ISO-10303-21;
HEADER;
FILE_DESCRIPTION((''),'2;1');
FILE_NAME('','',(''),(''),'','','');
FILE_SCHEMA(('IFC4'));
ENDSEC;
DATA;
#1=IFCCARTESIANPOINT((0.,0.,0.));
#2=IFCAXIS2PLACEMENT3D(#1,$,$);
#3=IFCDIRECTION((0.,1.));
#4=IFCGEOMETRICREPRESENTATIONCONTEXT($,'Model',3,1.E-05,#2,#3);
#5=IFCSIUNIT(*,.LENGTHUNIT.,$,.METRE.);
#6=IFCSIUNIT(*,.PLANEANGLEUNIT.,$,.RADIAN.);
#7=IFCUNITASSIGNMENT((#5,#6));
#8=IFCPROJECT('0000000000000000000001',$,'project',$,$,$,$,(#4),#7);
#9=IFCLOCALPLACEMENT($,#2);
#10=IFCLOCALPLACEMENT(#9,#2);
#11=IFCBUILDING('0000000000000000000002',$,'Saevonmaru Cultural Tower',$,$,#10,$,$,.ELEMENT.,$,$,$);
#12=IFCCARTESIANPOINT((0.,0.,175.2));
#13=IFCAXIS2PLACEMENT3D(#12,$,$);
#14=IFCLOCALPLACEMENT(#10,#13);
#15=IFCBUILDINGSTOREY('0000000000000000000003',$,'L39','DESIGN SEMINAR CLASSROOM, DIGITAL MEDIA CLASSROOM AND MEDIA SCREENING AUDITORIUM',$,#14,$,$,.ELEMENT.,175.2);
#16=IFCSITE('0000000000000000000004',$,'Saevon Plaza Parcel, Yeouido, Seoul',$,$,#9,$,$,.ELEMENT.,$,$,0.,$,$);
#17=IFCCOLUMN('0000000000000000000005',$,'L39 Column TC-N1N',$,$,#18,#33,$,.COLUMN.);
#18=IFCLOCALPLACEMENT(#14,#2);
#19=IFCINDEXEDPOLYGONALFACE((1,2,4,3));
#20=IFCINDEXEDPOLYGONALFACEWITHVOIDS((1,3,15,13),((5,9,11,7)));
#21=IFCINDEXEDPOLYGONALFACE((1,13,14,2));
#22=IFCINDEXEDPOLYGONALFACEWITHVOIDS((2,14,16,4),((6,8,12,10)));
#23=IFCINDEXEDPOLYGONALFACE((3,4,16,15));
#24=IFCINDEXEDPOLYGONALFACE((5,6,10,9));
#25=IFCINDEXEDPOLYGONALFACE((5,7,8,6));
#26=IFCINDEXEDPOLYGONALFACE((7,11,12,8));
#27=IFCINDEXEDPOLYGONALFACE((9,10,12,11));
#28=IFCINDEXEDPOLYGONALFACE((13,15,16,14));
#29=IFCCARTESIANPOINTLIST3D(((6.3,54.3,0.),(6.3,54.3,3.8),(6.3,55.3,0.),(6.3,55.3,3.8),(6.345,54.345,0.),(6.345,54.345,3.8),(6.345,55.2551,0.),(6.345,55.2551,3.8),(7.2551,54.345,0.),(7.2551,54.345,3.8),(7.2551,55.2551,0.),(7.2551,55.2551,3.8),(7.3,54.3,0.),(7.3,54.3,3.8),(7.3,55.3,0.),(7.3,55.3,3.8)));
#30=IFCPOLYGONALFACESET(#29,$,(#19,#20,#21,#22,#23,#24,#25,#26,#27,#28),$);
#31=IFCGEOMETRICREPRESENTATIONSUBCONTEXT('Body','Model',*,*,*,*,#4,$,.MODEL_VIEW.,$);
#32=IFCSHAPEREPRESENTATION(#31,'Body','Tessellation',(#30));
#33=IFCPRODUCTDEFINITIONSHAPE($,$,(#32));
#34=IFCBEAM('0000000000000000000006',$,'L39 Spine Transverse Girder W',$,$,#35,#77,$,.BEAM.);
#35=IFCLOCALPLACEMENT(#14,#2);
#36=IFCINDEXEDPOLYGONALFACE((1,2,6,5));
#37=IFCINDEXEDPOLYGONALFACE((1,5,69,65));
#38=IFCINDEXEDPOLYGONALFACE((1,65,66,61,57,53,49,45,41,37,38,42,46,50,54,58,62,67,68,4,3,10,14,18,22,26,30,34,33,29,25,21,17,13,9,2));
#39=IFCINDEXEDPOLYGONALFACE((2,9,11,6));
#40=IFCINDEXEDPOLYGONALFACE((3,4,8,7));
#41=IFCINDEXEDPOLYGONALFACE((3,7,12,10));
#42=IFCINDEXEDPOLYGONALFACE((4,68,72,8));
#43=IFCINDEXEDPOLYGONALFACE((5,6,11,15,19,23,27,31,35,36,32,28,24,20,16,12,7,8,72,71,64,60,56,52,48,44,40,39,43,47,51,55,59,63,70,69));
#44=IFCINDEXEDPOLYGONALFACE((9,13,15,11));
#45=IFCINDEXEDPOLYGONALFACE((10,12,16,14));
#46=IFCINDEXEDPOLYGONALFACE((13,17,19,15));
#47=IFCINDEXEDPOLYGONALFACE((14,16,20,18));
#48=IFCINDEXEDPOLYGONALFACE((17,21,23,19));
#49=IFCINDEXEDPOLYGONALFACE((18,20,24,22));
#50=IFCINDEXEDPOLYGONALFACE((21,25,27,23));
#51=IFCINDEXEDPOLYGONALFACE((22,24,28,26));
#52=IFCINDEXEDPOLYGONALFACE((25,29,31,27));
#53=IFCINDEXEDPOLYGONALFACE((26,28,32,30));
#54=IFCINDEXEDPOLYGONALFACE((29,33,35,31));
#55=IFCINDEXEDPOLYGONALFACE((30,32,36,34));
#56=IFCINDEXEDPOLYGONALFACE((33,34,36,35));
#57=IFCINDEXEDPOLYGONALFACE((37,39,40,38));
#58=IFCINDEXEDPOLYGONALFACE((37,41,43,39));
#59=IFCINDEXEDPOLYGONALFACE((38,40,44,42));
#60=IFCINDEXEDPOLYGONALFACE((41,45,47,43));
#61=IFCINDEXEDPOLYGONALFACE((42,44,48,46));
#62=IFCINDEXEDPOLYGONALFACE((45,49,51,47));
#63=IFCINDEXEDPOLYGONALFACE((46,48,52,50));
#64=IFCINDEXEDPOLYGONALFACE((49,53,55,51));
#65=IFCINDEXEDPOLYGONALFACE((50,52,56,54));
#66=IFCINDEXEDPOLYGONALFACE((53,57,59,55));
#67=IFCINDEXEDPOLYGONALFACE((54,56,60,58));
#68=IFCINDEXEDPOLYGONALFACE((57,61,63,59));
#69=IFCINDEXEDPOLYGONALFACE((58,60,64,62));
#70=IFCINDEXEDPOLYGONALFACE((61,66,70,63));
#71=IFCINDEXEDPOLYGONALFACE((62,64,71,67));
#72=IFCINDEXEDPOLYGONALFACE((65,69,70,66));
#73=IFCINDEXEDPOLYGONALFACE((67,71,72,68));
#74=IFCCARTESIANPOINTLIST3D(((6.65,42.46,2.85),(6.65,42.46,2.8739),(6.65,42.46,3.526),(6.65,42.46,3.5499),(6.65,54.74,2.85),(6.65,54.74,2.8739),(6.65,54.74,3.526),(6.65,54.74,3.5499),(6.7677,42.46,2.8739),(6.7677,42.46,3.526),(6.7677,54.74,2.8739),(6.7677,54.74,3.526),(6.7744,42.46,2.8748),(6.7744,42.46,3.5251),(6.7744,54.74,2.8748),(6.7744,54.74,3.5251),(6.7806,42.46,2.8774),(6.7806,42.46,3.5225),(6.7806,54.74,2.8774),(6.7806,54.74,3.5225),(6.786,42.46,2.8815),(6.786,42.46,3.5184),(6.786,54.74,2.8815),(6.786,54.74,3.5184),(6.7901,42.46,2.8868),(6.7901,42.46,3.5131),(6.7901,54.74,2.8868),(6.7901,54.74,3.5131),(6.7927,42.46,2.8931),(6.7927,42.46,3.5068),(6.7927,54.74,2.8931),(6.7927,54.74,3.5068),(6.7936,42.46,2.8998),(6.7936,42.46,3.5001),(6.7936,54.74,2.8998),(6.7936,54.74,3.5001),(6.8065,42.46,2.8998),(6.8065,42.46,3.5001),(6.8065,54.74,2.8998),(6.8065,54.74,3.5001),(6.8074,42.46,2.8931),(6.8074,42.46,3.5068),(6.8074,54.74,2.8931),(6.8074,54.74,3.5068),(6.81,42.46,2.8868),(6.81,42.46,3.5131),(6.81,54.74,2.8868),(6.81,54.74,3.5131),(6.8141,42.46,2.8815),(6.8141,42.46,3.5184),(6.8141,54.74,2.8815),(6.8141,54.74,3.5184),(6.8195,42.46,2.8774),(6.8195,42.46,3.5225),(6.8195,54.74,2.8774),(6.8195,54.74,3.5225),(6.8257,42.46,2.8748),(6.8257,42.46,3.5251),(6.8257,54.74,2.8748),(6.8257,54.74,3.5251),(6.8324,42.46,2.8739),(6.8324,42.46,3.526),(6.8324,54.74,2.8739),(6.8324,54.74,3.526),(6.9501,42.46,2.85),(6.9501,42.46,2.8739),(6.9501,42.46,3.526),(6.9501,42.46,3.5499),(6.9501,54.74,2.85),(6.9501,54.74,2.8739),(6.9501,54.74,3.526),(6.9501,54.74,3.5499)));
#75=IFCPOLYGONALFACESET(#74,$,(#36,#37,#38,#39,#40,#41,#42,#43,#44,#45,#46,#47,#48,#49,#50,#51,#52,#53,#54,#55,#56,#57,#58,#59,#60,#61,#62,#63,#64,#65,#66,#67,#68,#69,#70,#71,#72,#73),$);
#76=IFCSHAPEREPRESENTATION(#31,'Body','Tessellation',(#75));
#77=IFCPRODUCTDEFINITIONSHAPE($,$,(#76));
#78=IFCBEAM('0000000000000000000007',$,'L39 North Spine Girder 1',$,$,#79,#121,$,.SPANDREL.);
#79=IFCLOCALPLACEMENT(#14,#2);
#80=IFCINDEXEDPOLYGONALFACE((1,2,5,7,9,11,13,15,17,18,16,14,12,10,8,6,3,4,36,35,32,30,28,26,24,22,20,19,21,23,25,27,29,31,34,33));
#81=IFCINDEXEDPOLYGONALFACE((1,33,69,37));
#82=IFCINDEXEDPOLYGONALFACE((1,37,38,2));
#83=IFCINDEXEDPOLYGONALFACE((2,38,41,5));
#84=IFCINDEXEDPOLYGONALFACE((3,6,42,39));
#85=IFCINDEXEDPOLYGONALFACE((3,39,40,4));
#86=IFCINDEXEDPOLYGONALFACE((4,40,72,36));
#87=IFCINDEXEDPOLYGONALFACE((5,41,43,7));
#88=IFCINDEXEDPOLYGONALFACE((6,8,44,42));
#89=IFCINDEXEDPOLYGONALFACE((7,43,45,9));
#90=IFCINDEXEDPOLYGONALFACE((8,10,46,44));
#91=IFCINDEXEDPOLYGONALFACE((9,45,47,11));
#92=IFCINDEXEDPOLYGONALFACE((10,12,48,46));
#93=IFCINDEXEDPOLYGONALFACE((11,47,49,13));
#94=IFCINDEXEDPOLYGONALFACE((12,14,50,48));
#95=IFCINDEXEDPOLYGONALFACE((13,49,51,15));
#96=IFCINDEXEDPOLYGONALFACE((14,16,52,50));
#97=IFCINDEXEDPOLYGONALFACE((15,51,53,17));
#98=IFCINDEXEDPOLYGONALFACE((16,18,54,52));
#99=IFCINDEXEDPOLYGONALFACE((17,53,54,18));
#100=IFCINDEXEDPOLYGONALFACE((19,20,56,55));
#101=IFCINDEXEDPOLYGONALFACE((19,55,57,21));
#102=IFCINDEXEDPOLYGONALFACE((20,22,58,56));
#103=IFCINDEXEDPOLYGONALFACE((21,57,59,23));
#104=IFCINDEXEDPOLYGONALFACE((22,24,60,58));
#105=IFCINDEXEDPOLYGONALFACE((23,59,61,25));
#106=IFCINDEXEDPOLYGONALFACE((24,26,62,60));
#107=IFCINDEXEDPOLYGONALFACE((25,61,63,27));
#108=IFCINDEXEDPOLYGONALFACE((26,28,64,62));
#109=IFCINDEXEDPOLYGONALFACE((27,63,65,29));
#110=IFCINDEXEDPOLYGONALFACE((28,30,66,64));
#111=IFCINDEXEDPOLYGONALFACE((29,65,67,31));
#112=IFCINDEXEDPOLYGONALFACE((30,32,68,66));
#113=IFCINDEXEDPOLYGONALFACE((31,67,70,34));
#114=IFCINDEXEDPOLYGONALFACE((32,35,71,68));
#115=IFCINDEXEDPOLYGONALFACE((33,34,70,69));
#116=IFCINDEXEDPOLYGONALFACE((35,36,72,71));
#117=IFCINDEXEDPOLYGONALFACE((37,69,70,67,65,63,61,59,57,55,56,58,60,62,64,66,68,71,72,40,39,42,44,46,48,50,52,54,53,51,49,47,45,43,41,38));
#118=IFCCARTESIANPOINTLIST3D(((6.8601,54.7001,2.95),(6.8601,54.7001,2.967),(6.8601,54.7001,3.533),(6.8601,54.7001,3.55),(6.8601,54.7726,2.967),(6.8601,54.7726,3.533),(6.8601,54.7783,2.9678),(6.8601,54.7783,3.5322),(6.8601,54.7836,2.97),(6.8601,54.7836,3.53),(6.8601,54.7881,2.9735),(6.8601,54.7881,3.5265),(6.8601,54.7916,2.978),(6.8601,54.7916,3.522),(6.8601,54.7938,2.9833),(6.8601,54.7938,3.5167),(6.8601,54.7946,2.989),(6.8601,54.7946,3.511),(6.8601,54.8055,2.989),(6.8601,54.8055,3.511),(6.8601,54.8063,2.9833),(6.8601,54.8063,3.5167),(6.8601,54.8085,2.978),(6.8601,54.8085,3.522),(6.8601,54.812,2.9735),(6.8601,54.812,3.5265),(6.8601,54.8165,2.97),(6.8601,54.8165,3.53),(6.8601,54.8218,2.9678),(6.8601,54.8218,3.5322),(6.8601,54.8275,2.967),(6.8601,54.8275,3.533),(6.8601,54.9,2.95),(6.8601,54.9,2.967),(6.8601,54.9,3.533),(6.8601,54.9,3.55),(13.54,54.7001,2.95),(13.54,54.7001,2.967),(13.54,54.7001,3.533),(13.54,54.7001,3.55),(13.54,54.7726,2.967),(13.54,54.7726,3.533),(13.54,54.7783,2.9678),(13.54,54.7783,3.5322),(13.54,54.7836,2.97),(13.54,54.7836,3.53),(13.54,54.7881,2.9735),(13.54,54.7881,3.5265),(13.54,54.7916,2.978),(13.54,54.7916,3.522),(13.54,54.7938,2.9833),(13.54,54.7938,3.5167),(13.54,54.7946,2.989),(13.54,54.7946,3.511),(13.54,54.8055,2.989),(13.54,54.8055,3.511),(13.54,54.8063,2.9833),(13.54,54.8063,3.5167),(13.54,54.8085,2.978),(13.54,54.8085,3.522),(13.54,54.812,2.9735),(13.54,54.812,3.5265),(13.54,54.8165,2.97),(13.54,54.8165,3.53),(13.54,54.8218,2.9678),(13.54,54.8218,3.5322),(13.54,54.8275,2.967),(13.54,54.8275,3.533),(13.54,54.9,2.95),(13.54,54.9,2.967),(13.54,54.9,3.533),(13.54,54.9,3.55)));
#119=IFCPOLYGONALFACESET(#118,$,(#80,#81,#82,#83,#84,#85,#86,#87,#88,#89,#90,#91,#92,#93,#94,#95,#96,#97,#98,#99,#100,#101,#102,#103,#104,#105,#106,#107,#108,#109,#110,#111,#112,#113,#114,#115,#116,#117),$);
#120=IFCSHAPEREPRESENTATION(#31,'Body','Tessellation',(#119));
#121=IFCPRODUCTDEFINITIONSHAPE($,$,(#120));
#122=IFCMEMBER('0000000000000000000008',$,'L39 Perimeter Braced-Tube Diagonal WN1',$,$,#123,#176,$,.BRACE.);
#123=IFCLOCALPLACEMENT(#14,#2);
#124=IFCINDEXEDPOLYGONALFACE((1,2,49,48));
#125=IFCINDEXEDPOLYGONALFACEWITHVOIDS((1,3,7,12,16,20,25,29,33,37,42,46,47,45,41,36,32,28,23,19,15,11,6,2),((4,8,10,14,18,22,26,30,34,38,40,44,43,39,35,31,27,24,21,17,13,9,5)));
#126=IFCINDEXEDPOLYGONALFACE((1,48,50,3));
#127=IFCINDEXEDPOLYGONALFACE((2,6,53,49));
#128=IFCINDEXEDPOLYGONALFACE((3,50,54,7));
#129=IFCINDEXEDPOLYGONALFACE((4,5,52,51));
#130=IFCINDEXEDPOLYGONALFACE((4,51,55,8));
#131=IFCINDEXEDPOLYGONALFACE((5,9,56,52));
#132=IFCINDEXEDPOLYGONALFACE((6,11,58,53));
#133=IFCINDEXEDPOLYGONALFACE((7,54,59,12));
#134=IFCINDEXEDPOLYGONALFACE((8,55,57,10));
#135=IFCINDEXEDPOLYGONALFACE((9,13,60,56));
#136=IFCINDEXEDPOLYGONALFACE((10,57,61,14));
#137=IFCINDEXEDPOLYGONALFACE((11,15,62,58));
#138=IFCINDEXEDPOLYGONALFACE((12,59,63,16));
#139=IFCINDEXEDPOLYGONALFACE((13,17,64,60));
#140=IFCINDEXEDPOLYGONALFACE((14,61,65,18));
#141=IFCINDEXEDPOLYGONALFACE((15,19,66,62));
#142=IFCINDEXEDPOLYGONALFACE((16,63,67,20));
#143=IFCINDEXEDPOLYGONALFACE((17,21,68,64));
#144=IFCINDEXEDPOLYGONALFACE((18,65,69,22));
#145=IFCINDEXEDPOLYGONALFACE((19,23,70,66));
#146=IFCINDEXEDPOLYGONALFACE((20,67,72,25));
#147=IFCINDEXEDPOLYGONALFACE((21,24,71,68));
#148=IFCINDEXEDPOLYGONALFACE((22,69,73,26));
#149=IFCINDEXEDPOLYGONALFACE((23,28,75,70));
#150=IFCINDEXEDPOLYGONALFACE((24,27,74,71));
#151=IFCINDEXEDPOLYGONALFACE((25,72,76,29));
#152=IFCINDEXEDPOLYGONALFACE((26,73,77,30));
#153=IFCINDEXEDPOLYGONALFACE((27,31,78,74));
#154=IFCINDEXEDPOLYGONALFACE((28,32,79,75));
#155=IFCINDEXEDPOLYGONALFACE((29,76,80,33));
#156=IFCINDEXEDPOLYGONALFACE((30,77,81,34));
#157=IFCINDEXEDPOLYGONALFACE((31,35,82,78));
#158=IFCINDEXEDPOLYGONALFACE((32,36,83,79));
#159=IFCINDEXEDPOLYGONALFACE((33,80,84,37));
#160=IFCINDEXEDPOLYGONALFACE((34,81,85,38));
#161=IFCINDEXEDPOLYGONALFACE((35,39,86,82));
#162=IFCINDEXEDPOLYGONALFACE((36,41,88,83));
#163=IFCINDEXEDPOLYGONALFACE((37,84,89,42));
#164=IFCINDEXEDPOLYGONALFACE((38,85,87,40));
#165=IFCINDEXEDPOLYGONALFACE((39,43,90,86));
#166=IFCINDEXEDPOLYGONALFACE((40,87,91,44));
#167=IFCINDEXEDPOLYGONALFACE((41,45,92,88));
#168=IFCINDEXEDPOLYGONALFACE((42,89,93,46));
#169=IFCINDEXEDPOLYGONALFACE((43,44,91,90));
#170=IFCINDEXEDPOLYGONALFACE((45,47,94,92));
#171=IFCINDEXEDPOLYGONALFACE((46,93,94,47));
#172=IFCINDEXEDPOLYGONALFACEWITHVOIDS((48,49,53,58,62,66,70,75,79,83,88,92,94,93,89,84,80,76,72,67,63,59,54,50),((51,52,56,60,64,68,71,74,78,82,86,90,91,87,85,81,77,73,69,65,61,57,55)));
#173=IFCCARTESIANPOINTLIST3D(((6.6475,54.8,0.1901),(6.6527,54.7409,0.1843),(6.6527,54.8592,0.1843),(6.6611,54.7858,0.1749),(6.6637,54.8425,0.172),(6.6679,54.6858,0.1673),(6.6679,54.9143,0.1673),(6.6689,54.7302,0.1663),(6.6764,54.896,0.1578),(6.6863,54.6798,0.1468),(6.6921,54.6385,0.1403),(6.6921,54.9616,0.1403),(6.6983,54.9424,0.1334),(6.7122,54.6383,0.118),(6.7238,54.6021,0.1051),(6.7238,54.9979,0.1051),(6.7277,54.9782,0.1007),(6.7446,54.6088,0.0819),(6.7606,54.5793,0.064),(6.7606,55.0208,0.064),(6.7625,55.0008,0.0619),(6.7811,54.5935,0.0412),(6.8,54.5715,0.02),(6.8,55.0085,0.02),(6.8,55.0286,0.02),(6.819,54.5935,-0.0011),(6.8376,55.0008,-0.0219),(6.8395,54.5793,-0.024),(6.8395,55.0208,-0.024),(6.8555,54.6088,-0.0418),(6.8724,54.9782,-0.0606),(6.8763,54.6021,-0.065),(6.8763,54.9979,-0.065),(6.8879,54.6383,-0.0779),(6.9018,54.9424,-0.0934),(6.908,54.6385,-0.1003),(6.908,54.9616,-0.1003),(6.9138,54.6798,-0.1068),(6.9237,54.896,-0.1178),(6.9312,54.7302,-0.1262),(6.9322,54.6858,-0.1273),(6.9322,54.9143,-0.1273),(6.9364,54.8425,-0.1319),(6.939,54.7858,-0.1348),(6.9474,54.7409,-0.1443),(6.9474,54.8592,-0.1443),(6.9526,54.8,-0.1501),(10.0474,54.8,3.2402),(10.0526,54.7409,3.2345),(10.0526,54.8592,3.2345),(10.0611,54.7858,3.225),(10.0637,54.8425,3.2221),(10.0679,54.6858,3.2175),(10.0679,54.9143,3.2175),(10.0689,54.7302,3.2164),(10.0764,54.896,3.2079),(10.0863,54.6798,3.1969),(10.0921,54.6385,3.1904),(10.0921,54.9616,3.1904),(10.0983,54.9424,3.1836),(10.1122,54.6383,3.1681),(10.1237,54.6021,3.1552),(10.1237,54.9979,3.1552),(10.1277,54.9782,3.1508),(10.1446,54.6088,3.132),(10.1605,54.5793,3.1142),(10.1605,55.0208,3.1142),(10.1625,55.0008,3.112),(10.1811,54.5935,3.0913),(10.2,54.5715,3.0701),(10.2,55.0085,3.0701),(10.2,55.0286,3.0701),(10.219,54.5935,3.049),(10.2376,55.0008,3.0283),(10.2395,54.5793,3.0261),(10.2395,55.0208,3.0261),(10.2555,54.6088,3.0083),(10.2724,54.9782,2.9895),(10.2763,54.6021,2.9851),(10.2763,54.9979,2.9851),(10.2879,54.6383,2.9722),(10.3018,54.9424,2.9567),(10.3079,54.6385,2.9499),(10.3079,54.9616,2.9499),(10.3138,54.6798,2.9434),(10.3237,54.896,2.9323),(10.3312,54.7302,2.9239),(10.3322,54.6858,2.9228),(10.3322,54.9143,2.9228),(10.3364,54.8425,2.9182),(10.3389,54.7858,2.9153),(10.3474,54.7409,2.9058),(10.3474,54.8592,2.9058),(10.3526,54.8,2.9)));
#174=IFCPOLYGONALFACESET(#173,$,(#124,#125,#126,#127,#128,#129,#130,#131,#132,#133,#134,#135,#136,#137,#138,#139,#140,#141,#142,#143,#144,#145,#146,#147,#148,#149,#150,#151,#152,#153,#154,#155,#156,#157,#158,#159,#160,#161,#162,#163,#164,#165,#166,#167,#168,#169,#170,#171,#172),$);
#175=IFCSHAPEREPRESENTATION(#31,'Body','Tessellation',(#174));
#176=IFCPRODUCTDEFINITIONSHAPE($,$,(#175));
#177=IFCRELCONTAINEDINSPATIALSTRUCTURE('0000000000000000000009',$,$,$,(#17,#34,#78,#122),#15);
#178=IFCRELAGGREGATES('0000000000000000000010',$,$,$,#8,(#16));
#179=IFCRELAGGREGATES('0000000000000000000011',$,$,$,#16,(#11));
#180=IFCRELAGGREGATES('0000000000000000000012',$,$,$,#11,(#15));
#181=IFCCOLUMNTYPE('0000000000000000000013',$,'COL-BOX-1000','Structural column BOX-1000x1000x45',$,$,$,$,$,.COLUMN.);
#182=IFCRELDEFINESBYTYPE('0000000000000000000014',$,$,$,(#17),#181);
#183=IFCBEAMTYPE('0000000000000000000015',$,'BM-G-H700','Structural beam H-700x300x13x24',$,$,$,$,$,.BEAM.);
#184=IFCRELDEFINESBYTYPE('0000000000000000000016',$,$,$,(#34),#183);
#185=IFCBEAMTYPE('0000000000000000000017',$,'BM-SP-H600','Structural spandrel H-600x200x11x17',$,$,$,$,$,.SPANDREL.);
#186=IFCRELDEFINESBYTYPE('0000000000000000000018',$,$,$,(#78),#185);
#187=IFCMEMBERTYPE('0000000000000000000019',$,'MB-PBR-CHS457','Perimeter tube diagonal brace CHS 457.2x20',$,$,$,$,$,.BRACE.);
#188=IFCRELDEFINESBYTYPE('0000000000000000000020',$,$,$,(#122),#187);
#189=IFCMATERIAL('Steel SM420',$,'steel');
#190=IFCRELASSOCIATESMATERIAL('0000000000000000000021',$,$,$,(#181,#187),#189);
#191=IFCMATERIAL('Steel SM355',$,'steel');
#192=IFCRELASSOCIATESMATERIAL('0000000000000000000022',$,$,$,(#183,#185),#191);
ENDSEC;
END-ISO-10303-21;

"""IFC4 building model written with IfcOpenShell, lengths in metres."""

from ifc_helpers import new_model, si_unit, direction, frame, origin, origin_2d, place, context, subcontext, project, spatial, hollow_rectangle, hollow_circle, i_section, extrude, material, material_profile, profile_set, type_object, element, save


model = new_model("IFC4")

# Units and contexts
model_context = context("Model", 3, precision=1e-05, world=origin(), true_north=direction((0.0, 1.0)))
body_context = subcontext(model_context, "Body", "Model", "MODEL_VIEW")
ifc_project = project(units=[si_unit("LENGTHUNIT", "METRE"), si_unit("PLANEANGLEUNIT", "RADIAN")], contexts=[model_context])

# Site, building, storey
site_placement = place(None, origin())
site = spatial("IfcSite", under=ifc_project, at=site_placement, Name="Saevon Plaza Parcel, Yeouido, Seoul", CompositionType="ELEMENT", RefElevation=0.0)
building_placement = place(site_placement, origin())
building = spatial("IfcBuilding", under=site, at=building_placement, Name="Saevonmaru Cultural Tower", CompositionType="ELEMENT")
storey_placement = place(building_placement, frame((0.0, 0.0, 175.2)))
storey = spatial("IfcBuildingStorey", under=building, at=storey_placement, Name="L39", Description="DESIGN SEMINAR CLASSROOM, DIGITAL MEDIA CLASSROOM AND MEDIA SCREENING AUDITORIUM", CompositionType="ELEMENT", Elevation=175.2)

# Column
ifc_material_1 = material(Name="Steel SM420", Category="steel")
ifc_material_profile_1 = material_profile(ifc_material_1, hollow_rectangle(XDim=1.0, YDim=1.0, WallThickness=0.0449, at=origin_2d()), Name="BOX-1000x1000x45")
ifc_profile_set_1 = profile_set([ifc_material_profile_1], Name="Steel SM420")
column_type = type_object("IfcColumnType", Name="COL-BOX-1000", Description="Structural column BOX-1000x1000x45", PredefinedType="COLUMN", material=ifc_profile_set_1)
column_placement = place(storey_placement, frame((6.8, 54.8, 0.0), z_axis=(0.0, 0.0, 1.0), x_axis=(1.0, 0.0, 0.0)))
element("IfcColumn", 1, at=column_placement, inside=storey, type_object=column_type, Name="L39 Column TC-N1N", PredefinedType="COLUMN", context=body_context, shape_type="SweptSolid", body=[
    extrude(hollow_rectangle(XDim=1.0, YDim=1.0, WallThickness=0.0449, at=origin_2d()), origin(), (0.0, 0.0, 1.0), 3.8),
])

# Beams
ifc_material_2 = material(Name="Steel SM355", Category="steel")
ifc_material_profile_2 = material_profile(ifc_material_2, i_section(OverallWidth=0.3, OverallDepth=0.7, WebThickness=0.0129, FlangeThickness=0.0239, FilletRadius=0.0259, at=origin_2d()), Name="H-700x300x13x24")
ifc_profile_set_2 = profile_set([ifc_material_profile_2], Name="Steel SM355")
beam_type_1 = type_object("IfcBeamType", Name="BM-G-H700", Description="Structural beam H-700x300x13x24", PredefinedType="BEAM", material=ifc_profile_set_2)
beam_1_placement = place(storey_placement, frame((6.8, 54.74, 3.2), z_axis=(0.0, -1.0, 0.0), x_axis=(1.0, 0.0, 0.0)))
element("IfcBeam", 2, at=beam_1_placement, inside=storey, type_object=beam_type_1, Name="L39 Spine Transverse Girder W", PredefinedType="BEAM", context=body_context, shape_type="SweptSolid", body=[
    extrude(i_section(OverallWidth=0.3, OverallDepth=0.7, WebThickness=0.0129, FlangeThickness=0.0239, FilletRadius=0.0259, at=origin_2d()), origin(), (0.0, 0.0, 1.0), 12.28),
])
ifc_material_profile_3 = material_profile(ifc_material_2, i_section(OverallWidth=0.2, OverallDepth=0.6001, WebThickness=0.011, FlangeThickness=0.0171, FilletRadius=0.022, at=origin_2d()), Name="H-600x200x11x17")
ifc_profile_set_3 = profile_set([ifc_material_profile_3], Name="Steel SM355")
beam_type_2 = type_object("IfcBeamType", Name="BM-SP-H600", Description="Structural spandrel H-600x200x11x17", PredefinedType="SPANDREL", material=ifc_profile_set_3)
beam_2_placement = place(storey_placement, frame((6.8601, 54.8, 3.25), z_axis=(1.0, 0.0, 0.0), x_axis=(0.0, 1.0, 0.0)))
element("IfcBeam", 3, at=beam_2_placement, inside=storey, type_object=beam_type_2, Name="L39 North Spine Girder 1", PredefinedType="SPANDREL", context=body_context, shape_type="SweptSolid", body=[
    extrude(i_section(OverallWidth=0.2, OverallDepth=0.6001, WebThickness=0.011, FlangeThickness=0.0171, FilletRadius=0.022, at=origin_2d()), origin(), (0.0, 0.0, 1.0), 6.6799),
])

# Member
ifc_material_profile_4 = material_profile(ifc_material_1, hollow_circle(Radius=0.2285, WallThickness=0.02, at=origin_2d()), Name="CHS-457.2x20")
ifc_profile_set_4 = profile_set([ifc_material_profile_4], Name="Steel SM420")
member_type_1 = type_object("IfcMemberType", Name="MB-PBR-CHS457", Description="Perimeter tube diagonal brace CHS 457.2x20", PredefinedType="BRACE", material=ifc_profile_set_4)
member_1_placement = place(storey_placement, frame((6.8, 54.8, 0.02), z_axis=(0.744367, 0.0, 0.667771), x_axis=(0.0, 1.0, 0.0)))
element("IfcMember", 4, at=member_1_placement, inside=storey, type_object=member_type_1, Name="L39 Perimeter Braced-Tube Diagonal WN1", PredefinedType="BRACE", context=body_context, shape_type="SweptSolid", body=[
    extrude(hollow_circle(Radius=0.2285, WallThickness=0.02, at=origin_2d()), origin(), (0.0, 0.0, 1.0), 4.5676),
])

save(model, "model.ifc")
